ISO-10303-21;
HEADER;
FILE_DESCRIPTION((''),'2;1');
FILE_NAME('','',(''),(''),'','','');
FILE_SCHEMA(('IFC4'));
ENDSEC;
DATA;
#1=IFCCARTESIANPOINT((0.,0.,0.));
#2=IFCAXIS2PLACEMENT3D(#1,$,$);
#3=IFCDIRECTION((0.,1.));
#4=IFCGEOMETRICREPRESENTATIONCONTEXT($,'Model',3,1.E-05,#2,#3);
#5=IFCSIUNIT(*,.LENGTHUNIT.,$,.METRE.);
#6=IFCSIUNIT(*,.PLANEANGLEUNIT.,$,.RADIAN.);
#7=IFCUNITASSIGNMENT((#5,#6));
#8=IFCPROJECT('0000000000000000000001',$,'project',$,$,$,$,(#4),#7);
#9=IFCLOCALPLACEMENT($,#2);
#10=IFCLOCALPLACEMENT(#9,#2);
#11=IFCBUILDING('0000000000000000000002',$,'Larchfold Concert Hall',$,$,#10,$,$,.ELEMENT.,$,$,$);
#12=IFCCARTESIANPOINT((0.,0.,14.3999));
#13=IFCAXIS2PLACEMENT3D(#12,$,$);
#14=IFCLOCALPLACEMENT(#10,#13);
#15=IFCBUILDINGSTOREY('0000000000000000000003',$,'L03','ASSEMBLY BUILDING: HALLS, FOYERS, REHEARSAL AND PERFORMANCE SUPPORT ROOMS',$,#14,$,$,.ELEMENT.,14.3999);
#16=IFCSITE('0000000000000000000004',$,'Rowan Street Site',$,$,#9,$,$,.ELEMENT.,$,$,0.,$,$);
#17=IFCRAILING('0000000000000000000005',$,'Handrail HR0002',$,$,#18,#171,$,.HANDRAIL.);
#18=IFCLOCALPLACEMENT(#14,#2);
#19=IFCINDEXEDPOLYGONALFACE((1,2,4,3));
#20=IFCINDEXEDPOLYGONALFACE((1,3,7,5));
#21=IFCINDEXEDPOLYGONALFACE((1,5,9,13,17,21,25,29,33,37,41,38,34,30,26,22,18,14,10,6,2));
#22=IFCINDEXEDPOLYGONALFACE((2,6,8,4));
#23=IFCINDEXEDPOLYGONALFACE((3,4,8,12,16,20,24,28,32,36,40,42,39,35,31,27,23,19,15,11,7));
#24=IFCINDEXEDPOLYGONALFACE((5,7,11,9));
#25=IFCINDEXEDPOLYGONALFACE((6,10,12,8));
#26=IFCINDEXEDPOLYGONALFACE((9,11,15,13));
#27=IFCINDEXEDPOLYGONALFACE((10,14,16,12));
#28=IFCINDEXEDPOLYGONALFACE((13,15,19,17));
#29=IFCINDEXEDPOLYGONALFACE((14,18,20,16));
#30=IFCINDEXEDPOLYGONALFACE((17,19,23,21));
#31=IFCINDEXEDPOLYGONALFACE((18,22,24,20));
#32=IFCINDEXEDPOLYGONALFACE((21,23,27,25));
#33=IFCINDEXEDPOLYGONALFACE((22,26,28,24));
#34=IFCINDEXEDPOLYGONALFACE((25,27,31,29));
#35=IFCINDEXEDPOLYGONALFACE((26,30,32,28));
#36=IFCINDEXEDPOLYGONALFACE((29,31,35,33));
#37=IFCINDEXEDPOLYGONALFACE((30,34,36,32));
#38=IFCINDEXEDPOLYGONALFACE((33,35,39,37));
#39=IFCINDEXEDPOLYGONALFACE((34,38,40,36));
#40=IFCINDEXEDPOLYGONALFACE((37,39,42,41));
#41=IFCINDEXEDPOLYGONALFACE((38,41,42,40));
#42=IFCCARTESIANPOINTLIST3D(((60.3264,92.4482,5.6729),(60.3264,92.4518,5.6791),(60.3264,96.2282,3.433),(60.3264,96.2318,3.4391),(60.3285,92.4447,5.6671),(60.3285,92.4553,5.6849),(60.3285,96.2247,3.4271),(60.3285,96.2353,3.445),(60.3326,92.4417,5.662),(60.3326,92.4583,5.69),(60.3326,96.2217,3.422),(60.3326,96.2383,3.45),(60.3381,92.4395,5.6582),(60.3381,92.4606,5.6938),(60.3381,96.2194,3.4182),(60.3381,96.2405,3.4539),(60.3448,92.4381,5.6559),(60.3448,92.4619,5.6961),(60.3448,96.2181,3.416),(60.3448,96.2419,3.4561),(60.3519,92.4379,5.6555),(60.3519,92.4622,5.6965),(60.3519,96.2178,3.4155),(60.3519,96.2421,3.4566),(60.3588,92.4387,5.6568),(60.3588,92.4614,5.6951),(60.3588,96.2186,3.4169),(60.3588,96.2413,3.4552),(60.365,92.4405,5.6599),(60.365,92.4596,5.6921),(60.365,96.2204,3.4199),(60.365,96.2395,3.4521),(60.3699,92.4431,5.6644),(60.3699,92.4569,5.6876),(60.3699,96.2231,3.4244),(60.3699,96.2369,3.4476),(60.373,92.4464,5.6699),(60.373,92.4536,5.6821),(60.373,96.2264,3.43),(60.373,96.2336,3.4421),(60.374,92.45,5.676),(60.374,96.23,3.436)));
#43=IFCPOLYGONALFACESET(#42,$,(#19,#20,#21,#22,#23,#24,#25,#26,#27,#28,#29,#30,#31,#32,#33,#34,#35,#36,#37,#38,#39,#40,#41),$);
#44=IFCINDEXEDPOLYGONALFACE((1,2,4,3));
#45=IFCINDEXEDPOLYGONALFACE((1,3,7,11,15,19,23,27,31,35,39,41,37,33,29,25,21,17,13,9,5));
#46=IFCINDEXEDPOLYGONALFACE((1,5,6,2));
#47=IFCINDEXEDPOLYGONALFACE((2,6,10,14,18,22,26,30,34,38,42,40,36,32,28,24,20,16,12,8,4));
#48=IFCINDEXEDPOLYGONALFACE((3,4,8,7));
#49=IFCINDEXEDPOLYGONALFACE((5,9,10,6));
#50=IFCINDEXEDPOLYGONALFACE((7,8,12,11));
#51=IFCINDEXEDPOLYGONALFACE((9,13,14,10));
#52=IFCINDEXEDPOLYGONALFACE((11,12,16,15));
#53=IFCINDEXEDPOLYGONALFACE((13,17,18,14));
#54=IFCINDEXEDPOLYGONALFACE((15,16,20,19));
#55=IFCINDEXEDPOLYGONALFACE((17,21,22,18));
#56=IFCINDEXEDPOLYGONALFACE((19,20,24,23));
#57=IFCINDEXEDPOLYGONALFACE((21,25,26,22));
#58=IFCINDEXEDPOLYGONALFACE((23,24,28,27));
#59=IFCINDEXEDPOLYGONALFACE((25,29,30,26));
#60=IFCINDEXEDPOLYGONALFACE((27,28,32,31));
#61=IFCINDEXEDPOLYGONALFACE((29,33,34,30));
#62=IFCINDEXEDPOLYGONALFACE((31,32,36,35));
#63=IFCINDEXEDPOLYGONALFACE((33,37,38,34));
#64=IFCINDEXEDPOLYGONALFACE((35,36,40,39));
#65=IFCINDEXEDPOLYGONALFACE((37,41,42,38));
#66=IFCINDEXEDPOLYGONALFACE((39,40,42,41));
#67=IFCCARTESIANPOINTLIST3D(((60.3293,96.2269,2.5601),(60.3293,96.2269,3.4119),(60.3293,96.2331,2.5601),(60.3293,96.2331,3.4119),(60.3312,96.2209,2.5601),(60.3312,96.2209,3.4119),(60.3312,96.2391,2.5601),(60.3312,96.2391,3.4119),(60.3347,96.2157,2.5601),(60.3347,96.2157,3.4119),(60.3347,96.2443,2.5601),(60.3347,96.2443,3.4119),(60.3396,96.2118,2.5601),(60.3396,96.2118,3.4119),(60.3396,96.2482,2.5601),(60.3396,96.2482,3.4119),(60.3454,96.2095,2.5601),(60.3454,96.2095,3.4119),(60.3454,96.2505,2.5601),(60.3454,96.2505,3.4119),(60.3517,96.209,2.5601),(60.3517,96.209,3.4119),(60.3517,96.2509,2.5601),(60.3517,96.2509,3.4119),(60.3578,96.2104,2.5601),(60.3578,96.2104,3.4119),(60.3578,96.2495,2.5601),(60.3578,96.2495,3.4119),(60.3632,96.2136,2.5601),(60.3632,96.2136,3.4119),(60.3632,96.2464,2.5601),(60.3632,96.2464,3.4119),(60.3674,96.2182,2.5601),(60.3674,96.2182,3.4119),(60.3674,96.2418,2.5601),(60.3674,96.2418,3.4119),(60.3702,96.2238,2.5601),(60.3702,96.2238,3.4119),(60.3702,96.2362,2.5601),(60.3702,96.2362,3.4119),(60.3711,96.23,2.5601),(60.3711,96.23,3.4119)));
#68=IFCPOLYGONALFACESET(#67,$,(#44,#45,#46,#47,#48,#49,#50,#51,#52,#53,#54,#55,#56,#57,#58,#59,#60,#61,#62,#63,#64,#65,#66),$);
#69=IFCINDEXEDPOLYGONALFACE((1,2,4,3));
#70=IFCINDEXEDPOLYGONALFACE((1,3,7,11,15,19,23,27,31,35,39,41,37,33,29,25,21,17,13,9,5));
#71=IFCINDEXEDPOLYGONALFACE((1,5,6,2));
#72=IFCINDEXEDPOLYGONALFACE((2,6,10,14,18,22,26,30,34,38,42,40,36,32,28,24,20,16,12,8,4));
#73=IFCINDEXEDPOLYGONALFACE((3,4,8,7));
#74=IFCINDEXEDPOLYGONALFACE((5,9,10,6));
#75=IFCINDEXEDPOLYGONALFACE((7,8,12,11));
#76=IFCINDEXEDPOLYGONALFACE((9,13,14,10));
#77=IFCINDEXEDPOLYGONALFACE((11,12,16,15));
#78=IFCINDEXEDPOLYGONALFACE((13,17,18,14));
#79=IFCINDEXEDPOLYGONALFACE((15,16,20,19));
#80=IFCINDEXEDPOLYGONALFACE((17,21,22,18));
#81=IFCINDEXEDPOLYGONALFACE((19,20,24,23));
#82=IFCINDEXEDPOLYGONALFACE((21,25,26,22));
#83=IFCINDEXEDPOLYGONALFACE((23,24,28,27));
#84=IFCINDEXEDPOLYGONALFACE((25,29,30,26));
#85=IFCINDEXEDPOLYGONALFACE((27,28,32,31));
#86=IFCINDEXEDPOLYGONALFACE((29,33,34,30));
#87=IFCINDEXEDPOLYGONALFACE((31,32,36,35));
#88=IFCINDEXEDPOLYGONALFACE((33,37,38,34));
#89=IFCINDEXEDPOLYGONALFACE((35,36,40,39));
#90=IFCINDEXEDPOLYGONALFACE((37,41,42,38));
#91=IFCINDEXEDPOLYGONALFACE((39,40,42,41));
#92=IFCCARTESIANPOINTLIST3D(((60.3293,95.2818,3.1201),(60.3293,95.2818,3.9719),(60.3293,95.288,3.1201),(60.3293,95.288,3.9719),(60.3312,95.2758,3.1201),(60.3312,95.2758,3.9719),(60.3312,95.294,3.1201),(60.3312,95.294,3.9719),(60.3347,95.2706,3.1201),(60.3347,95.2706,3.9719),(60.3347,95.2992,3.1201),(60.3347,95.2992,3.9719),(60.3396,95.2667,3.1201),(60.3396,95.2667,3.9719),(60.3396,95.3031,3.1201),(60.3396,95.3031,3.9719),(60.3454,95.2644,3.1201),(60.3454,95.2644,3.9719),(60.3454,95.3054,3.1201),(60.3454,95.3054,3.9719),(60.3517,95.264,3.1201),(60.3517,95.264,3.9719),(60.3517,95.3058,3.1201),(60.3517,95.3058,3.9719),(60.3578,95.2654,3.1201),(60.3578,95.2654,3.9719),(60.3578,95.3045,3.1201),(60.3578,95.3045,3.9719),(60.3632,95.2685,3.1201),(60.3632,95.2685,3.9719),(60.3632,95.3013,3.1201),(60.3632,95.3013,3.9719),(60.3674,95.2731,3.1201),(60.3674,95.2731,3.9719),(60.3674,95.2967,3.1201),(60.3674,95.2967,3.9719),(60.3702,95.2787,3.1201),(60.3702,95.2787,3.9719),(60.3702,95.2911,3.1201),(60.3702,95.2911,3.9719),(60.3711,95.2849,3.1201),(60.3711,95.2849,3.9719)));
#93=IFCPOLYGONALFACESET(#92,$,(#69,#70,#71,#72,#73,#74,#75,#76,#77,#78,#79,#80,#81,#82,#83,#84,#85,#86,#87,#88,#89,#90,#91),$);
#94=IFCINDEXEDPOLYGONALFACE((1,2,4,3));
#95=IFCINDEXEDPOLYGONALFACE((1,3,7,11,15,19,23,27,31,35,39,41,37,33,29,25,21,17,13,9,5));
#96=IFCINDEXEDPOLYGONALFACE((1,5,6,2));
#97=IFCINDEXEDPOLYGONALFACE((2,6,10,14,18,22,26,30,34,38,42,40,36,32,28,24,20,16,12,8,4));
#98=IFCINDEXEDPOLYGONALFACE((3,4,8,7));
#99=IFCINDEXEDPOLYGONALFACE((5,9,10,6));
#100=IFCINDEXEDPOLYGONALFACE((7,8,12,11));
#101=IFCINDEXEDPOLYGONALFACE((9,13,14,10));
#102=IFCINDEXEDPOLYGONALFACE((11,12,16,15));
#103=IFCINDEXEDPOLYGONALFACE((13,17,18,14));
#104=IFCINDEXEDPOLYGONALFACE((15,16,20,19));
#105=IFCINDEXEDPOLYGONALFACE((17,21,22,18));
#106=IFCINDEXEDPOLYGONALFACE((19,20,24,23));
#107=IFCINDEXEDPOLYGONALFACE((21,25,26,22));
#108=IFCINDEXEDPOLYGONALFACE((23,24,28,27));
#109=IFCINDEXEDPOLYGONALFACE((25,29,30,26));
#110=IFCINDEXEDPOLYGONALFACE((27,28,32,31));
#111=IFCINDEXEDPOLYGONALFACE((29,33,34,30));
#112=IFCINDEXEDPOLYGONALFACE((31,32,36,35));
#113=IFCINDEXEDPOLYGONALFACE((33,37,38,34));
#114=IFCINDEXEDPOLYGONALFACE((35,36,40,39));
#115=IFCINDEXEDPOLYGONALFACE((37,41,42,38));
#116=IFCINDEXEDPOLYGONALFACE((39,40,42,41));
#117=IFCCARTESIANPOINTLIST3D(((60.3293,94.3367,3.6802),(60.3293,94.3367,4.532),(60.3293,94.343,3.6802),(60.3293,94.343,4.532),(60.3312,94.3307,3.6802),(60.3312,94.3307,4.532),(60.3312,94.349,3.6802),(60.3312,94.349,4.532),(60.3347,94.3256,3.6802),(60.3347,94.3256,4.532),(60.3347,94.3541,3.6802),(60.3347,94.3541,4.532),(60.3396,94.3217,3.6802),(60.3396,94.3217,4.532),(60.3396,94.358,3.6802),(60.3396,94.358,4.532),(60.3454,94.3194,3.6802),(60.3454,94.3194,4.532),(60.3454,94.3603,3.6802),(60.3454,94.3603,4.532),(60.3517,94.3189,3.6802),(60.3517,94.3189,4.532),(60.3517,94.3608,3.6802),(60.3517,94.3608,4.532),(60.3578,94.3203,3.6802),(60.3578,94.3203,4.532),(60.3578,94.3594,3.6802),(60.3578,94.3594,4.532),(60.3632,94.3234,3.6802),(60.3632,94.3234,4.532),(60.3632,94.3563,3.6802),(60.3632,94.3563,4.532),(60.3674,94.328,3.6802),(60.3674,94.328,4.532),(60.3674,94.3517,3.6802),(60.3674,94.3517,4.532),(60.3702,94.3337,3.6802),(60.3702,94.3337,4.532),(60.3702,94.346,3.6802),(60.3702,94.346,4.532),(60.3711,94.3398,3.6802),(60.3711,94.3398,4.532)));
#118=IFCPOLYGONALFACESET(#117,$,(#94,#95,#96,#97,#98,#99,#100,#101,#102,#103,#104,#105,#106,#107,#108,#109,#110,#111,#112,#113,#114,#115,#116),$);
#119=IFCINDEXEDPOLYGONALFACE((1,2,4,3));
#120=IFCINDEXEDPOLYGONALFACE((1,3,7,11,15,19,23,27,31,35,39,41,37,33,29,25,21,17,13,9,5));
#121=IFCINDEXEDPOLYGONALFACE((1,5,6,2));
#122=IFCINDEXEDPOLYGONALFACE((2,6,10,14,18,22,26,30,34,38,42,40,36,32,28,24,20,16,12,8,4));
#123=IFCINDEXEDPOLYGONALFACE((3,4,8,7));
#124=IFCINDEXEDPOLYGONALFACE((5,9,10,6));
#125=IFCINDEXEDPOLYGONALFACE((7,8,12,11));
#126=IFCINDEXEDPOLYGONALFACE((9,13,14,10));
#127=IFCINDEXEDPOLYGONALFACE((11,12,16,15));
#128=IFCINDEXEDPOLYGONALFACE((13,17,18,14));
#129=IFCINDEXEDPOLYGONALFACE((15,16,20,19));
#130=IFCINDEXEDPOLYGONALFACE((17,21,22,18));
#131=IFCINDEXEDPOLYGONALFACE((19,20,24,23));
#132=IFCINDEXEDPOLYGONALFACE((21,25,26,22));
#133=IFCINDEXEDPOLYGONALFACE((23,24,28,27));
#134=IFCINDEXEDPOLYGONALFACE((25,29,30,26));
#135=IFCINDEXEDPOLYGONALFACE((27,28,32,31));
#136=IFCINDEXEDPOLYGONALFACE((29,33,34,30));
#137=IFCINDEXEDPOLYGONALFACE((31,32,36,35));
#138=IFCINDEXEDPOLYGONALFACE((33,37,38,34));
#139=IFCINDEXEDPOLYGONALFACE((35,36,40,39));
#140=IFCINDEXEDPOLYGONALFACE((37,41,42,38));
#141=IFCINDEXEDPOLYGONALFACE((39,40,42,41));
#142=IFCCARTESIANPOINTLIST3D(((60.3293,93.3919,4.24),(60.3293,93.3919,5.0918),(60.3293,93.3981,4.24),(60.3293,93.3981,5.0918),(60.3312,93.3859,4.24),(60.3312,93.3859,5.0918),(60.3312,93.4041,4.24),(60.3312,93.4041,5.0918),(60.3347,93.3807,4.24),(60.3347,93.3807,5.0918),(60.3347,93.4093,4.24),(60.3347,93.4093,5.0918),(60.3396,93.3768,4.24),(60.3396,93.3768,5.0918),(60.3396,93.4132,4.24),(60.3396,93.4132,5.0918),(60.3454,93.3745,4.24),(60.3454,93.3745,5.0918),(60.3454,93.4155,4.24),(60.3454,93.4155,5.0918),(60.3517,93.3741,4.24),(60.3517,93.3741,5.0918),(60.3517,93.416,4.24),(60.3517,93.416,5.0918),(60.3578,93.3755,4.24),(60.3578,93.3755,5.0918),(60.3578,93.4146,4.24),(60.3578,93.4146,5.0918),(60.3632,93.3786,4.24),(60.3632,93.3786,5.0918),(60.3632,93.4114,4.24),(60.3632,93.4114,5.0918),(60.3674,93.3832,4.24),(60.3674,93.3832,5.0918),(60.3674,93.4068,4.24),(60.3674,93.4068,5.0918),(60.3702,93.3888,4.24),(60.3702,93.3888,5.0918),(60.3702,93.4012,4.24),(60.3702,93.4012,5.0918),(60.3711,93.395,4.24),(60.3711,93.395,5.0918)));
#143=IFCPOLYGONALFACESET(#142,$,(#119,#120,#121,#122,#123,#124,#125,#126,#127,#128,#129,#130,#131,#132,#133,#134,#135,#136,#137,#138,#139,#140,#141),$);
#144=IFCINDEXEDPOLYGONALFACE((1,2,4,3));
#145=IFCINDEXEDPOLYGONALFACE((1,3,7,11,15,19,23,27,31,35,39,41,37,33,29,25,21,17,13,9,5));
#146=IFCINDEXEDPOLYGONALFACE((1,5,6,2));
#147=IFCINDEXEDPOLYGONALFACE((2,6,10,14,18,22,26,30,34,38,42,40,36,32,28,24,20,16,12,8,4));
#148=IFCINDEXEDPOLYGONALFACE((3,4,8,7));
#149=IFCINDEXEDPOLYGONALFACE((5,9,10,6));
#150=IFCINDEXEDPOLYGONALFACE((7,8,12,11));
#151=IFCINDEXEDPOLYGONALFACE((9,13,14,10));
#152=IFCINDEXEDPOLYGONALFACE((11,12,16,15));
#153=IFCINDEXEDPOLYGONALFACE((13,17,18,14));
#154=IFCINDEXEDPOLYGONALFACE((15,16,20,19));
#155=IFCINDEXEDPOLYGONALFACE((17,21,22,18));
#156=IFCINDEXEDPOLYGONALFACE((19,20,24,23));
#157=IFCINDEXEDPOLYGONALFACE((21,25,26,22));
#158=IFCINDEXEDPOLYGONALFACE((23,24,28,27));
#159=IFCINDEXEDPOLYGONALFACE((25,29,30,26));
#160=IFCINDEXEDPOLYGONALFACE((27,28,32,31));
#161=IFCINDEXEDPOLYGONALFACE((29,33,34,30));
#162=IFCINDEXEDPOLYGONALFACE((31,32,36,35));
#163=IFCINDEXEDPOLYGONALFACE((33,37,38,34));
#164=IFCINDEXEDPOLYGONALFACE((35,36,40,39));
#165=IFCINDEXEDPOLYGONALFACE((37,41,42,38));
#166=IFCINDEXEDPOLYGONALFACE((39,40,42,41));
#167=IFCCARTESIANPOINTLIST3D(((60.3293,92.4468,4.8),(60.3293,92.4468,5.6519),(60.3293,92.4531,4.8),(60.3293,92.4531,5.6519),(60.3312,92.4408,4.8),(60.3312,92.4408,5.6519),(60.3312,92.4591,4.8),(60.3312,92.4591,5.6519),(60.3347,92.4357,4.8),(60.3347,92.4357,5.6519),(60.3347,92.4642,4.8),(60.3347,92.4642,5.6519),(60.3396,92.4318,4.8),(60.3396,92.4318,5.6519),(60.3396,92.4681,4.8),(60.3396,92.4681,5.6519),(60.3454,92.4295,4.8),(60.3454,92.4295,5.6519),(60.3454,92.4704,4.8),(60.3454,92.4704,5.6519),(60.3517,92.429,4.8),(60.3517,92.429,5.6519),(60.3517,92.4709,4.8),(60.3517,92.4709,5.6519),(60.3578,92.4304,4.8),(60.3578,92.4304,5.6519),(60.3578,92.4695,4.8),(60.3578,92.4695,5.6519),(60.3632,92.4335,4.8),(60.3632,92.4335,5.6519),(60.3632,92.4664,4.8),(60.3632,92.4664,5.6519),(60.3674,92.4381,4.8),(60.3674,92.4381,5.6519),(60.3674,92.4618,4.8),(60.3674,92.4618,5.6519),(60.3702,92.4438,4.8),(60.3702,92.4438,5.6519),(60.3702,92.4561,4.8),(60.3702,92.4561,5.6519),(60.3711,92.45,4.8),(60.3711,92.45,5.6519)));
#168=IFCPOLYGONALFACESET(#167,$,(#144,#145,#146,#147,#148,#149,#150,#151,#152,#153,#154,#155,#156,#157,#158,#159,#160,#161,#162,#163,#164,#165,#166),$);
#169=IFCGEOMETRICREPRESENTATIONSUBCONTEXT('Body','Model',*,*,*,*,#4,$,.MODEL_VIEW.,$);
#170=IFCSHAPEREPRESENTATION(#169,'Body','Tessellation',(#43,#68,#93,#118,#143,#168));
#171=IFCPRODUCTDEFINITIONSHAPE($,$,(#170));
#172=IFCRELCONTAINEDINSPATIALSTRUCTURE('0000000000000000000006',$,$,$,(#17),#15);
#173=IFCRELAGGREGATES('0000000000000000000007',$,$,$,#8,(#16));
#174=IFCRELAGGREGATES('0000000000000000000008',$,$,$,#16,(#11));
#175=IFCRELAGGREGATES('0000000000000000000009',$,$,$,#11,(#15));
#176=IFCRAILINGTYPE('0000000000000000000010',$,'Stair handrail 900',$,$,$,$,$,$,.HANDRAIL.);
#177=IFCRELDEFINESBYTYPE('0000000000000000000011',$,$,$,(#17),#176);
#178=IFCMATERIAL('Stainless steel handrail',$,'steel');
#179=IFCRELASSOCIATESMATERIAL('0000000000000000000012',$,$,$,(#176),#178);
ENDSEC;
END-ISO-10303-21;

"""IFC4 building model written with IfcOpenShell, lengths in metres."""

from ifc_helpers import new_model, si_unit, direction, frame, origin, origin_2d, place, context, subcontext, project, spatial, circle, extrude, material, type_object, element, save


model = new_model("IFC4")

# Units and contexts
model_context = context("Model", 3, precision=1e-05, world=origin(), true_north=direction((0.0, 1.0)))
body_context = subcontext(model_context, "Body", "Model", "MODEL_VIEW")
ifc_project = project(units=[si_unit("LENGTHUNIT", "METRE"), si_unit("PLANEANGLEUNIT", "RADIAN")], contexts=[model_context])

# Site, building, storey
site_placement = place(None, origin())
site = spatial("IfcSite", under=ifc_project, at=site_placement, Name="Rowan Street Site", CompositionType="ELEMENT", RefElevation=0.0)
building_placement = place(site_placement, origin())
building = spatial("IfcBuilding", under=site, at=building_placement, Name="Larchfold Concert Hall", CompositionType="ELEMENT")
storey_placement = place(building_placement, frame((0.0, 0.0, 14.3999)))
storey = spatial("IfcBuildingStorey", under=building, at=storey_placement, Name="L03", Description="ASSEMBLY BUILDING: HALLS, FOYERS, REHEARSAL AND PERFORMANCE SUPPORT ROOMS", CompositionType="ELEMENT", Elevation=14.3999)

# Railing
ifc_material_1 = material(Name="Stainless steel handrail", Category="steel")
railing_type_1 = type_object("IfcRailingType", Name="Stair handrail 900", PredefinedType="HANDRAIL", material=ifc_material_1)
railing_1_placement = place(storey_placement, frame((60.3501, 96.23, 2.5601)))
element("IfcRailing", 1, at=railing_1_placement, inside=storey, type_object=railing_type_1, Name="Handrail HR0002", PredefinedType="HANDRAIL", context=body_context, shape_type="SweptSolid", body=[
    extrude(circle(Radius=0.0239, at=origin_2d()), frame((0.0, 0.0, 0.876), z_axis=(0.0, -0.860294, 0.509798), x_axis=(1.0, 0.0, 0.0)), (0.0, 0.0, 1.0), 4.3938),
    extrude(circle(Radius=0.021, at=origin_2d()), origin(), (0.0, 0.0, 1.0), 0.8518),
    extrude(circle(Radius=0.021, at=origin_2d()), frame((0.0, -0.9451, 0.5601)), (0.0, 0.0, 1.0), 0.8518),
    extrude(circle(Radius=0.021, at=origin_2d()), frame((0.0, -1.8901, 1.1201)), (0.0, 0.0, 1.0), 0.8518),
    extrude(circle(Radius=0.021, at=origin_2d()), frame((0.0, -2.835, 1.6799)), (0.0, 0.0, 1.0), 0.8518),
    extrude(circle(Radius=0.021, at=origin_2d()), frame((0.0, -3.78, 2.24)), (0.0, 0.0, 1.0), 0.8518),
])

save(model, "model.ifc")
